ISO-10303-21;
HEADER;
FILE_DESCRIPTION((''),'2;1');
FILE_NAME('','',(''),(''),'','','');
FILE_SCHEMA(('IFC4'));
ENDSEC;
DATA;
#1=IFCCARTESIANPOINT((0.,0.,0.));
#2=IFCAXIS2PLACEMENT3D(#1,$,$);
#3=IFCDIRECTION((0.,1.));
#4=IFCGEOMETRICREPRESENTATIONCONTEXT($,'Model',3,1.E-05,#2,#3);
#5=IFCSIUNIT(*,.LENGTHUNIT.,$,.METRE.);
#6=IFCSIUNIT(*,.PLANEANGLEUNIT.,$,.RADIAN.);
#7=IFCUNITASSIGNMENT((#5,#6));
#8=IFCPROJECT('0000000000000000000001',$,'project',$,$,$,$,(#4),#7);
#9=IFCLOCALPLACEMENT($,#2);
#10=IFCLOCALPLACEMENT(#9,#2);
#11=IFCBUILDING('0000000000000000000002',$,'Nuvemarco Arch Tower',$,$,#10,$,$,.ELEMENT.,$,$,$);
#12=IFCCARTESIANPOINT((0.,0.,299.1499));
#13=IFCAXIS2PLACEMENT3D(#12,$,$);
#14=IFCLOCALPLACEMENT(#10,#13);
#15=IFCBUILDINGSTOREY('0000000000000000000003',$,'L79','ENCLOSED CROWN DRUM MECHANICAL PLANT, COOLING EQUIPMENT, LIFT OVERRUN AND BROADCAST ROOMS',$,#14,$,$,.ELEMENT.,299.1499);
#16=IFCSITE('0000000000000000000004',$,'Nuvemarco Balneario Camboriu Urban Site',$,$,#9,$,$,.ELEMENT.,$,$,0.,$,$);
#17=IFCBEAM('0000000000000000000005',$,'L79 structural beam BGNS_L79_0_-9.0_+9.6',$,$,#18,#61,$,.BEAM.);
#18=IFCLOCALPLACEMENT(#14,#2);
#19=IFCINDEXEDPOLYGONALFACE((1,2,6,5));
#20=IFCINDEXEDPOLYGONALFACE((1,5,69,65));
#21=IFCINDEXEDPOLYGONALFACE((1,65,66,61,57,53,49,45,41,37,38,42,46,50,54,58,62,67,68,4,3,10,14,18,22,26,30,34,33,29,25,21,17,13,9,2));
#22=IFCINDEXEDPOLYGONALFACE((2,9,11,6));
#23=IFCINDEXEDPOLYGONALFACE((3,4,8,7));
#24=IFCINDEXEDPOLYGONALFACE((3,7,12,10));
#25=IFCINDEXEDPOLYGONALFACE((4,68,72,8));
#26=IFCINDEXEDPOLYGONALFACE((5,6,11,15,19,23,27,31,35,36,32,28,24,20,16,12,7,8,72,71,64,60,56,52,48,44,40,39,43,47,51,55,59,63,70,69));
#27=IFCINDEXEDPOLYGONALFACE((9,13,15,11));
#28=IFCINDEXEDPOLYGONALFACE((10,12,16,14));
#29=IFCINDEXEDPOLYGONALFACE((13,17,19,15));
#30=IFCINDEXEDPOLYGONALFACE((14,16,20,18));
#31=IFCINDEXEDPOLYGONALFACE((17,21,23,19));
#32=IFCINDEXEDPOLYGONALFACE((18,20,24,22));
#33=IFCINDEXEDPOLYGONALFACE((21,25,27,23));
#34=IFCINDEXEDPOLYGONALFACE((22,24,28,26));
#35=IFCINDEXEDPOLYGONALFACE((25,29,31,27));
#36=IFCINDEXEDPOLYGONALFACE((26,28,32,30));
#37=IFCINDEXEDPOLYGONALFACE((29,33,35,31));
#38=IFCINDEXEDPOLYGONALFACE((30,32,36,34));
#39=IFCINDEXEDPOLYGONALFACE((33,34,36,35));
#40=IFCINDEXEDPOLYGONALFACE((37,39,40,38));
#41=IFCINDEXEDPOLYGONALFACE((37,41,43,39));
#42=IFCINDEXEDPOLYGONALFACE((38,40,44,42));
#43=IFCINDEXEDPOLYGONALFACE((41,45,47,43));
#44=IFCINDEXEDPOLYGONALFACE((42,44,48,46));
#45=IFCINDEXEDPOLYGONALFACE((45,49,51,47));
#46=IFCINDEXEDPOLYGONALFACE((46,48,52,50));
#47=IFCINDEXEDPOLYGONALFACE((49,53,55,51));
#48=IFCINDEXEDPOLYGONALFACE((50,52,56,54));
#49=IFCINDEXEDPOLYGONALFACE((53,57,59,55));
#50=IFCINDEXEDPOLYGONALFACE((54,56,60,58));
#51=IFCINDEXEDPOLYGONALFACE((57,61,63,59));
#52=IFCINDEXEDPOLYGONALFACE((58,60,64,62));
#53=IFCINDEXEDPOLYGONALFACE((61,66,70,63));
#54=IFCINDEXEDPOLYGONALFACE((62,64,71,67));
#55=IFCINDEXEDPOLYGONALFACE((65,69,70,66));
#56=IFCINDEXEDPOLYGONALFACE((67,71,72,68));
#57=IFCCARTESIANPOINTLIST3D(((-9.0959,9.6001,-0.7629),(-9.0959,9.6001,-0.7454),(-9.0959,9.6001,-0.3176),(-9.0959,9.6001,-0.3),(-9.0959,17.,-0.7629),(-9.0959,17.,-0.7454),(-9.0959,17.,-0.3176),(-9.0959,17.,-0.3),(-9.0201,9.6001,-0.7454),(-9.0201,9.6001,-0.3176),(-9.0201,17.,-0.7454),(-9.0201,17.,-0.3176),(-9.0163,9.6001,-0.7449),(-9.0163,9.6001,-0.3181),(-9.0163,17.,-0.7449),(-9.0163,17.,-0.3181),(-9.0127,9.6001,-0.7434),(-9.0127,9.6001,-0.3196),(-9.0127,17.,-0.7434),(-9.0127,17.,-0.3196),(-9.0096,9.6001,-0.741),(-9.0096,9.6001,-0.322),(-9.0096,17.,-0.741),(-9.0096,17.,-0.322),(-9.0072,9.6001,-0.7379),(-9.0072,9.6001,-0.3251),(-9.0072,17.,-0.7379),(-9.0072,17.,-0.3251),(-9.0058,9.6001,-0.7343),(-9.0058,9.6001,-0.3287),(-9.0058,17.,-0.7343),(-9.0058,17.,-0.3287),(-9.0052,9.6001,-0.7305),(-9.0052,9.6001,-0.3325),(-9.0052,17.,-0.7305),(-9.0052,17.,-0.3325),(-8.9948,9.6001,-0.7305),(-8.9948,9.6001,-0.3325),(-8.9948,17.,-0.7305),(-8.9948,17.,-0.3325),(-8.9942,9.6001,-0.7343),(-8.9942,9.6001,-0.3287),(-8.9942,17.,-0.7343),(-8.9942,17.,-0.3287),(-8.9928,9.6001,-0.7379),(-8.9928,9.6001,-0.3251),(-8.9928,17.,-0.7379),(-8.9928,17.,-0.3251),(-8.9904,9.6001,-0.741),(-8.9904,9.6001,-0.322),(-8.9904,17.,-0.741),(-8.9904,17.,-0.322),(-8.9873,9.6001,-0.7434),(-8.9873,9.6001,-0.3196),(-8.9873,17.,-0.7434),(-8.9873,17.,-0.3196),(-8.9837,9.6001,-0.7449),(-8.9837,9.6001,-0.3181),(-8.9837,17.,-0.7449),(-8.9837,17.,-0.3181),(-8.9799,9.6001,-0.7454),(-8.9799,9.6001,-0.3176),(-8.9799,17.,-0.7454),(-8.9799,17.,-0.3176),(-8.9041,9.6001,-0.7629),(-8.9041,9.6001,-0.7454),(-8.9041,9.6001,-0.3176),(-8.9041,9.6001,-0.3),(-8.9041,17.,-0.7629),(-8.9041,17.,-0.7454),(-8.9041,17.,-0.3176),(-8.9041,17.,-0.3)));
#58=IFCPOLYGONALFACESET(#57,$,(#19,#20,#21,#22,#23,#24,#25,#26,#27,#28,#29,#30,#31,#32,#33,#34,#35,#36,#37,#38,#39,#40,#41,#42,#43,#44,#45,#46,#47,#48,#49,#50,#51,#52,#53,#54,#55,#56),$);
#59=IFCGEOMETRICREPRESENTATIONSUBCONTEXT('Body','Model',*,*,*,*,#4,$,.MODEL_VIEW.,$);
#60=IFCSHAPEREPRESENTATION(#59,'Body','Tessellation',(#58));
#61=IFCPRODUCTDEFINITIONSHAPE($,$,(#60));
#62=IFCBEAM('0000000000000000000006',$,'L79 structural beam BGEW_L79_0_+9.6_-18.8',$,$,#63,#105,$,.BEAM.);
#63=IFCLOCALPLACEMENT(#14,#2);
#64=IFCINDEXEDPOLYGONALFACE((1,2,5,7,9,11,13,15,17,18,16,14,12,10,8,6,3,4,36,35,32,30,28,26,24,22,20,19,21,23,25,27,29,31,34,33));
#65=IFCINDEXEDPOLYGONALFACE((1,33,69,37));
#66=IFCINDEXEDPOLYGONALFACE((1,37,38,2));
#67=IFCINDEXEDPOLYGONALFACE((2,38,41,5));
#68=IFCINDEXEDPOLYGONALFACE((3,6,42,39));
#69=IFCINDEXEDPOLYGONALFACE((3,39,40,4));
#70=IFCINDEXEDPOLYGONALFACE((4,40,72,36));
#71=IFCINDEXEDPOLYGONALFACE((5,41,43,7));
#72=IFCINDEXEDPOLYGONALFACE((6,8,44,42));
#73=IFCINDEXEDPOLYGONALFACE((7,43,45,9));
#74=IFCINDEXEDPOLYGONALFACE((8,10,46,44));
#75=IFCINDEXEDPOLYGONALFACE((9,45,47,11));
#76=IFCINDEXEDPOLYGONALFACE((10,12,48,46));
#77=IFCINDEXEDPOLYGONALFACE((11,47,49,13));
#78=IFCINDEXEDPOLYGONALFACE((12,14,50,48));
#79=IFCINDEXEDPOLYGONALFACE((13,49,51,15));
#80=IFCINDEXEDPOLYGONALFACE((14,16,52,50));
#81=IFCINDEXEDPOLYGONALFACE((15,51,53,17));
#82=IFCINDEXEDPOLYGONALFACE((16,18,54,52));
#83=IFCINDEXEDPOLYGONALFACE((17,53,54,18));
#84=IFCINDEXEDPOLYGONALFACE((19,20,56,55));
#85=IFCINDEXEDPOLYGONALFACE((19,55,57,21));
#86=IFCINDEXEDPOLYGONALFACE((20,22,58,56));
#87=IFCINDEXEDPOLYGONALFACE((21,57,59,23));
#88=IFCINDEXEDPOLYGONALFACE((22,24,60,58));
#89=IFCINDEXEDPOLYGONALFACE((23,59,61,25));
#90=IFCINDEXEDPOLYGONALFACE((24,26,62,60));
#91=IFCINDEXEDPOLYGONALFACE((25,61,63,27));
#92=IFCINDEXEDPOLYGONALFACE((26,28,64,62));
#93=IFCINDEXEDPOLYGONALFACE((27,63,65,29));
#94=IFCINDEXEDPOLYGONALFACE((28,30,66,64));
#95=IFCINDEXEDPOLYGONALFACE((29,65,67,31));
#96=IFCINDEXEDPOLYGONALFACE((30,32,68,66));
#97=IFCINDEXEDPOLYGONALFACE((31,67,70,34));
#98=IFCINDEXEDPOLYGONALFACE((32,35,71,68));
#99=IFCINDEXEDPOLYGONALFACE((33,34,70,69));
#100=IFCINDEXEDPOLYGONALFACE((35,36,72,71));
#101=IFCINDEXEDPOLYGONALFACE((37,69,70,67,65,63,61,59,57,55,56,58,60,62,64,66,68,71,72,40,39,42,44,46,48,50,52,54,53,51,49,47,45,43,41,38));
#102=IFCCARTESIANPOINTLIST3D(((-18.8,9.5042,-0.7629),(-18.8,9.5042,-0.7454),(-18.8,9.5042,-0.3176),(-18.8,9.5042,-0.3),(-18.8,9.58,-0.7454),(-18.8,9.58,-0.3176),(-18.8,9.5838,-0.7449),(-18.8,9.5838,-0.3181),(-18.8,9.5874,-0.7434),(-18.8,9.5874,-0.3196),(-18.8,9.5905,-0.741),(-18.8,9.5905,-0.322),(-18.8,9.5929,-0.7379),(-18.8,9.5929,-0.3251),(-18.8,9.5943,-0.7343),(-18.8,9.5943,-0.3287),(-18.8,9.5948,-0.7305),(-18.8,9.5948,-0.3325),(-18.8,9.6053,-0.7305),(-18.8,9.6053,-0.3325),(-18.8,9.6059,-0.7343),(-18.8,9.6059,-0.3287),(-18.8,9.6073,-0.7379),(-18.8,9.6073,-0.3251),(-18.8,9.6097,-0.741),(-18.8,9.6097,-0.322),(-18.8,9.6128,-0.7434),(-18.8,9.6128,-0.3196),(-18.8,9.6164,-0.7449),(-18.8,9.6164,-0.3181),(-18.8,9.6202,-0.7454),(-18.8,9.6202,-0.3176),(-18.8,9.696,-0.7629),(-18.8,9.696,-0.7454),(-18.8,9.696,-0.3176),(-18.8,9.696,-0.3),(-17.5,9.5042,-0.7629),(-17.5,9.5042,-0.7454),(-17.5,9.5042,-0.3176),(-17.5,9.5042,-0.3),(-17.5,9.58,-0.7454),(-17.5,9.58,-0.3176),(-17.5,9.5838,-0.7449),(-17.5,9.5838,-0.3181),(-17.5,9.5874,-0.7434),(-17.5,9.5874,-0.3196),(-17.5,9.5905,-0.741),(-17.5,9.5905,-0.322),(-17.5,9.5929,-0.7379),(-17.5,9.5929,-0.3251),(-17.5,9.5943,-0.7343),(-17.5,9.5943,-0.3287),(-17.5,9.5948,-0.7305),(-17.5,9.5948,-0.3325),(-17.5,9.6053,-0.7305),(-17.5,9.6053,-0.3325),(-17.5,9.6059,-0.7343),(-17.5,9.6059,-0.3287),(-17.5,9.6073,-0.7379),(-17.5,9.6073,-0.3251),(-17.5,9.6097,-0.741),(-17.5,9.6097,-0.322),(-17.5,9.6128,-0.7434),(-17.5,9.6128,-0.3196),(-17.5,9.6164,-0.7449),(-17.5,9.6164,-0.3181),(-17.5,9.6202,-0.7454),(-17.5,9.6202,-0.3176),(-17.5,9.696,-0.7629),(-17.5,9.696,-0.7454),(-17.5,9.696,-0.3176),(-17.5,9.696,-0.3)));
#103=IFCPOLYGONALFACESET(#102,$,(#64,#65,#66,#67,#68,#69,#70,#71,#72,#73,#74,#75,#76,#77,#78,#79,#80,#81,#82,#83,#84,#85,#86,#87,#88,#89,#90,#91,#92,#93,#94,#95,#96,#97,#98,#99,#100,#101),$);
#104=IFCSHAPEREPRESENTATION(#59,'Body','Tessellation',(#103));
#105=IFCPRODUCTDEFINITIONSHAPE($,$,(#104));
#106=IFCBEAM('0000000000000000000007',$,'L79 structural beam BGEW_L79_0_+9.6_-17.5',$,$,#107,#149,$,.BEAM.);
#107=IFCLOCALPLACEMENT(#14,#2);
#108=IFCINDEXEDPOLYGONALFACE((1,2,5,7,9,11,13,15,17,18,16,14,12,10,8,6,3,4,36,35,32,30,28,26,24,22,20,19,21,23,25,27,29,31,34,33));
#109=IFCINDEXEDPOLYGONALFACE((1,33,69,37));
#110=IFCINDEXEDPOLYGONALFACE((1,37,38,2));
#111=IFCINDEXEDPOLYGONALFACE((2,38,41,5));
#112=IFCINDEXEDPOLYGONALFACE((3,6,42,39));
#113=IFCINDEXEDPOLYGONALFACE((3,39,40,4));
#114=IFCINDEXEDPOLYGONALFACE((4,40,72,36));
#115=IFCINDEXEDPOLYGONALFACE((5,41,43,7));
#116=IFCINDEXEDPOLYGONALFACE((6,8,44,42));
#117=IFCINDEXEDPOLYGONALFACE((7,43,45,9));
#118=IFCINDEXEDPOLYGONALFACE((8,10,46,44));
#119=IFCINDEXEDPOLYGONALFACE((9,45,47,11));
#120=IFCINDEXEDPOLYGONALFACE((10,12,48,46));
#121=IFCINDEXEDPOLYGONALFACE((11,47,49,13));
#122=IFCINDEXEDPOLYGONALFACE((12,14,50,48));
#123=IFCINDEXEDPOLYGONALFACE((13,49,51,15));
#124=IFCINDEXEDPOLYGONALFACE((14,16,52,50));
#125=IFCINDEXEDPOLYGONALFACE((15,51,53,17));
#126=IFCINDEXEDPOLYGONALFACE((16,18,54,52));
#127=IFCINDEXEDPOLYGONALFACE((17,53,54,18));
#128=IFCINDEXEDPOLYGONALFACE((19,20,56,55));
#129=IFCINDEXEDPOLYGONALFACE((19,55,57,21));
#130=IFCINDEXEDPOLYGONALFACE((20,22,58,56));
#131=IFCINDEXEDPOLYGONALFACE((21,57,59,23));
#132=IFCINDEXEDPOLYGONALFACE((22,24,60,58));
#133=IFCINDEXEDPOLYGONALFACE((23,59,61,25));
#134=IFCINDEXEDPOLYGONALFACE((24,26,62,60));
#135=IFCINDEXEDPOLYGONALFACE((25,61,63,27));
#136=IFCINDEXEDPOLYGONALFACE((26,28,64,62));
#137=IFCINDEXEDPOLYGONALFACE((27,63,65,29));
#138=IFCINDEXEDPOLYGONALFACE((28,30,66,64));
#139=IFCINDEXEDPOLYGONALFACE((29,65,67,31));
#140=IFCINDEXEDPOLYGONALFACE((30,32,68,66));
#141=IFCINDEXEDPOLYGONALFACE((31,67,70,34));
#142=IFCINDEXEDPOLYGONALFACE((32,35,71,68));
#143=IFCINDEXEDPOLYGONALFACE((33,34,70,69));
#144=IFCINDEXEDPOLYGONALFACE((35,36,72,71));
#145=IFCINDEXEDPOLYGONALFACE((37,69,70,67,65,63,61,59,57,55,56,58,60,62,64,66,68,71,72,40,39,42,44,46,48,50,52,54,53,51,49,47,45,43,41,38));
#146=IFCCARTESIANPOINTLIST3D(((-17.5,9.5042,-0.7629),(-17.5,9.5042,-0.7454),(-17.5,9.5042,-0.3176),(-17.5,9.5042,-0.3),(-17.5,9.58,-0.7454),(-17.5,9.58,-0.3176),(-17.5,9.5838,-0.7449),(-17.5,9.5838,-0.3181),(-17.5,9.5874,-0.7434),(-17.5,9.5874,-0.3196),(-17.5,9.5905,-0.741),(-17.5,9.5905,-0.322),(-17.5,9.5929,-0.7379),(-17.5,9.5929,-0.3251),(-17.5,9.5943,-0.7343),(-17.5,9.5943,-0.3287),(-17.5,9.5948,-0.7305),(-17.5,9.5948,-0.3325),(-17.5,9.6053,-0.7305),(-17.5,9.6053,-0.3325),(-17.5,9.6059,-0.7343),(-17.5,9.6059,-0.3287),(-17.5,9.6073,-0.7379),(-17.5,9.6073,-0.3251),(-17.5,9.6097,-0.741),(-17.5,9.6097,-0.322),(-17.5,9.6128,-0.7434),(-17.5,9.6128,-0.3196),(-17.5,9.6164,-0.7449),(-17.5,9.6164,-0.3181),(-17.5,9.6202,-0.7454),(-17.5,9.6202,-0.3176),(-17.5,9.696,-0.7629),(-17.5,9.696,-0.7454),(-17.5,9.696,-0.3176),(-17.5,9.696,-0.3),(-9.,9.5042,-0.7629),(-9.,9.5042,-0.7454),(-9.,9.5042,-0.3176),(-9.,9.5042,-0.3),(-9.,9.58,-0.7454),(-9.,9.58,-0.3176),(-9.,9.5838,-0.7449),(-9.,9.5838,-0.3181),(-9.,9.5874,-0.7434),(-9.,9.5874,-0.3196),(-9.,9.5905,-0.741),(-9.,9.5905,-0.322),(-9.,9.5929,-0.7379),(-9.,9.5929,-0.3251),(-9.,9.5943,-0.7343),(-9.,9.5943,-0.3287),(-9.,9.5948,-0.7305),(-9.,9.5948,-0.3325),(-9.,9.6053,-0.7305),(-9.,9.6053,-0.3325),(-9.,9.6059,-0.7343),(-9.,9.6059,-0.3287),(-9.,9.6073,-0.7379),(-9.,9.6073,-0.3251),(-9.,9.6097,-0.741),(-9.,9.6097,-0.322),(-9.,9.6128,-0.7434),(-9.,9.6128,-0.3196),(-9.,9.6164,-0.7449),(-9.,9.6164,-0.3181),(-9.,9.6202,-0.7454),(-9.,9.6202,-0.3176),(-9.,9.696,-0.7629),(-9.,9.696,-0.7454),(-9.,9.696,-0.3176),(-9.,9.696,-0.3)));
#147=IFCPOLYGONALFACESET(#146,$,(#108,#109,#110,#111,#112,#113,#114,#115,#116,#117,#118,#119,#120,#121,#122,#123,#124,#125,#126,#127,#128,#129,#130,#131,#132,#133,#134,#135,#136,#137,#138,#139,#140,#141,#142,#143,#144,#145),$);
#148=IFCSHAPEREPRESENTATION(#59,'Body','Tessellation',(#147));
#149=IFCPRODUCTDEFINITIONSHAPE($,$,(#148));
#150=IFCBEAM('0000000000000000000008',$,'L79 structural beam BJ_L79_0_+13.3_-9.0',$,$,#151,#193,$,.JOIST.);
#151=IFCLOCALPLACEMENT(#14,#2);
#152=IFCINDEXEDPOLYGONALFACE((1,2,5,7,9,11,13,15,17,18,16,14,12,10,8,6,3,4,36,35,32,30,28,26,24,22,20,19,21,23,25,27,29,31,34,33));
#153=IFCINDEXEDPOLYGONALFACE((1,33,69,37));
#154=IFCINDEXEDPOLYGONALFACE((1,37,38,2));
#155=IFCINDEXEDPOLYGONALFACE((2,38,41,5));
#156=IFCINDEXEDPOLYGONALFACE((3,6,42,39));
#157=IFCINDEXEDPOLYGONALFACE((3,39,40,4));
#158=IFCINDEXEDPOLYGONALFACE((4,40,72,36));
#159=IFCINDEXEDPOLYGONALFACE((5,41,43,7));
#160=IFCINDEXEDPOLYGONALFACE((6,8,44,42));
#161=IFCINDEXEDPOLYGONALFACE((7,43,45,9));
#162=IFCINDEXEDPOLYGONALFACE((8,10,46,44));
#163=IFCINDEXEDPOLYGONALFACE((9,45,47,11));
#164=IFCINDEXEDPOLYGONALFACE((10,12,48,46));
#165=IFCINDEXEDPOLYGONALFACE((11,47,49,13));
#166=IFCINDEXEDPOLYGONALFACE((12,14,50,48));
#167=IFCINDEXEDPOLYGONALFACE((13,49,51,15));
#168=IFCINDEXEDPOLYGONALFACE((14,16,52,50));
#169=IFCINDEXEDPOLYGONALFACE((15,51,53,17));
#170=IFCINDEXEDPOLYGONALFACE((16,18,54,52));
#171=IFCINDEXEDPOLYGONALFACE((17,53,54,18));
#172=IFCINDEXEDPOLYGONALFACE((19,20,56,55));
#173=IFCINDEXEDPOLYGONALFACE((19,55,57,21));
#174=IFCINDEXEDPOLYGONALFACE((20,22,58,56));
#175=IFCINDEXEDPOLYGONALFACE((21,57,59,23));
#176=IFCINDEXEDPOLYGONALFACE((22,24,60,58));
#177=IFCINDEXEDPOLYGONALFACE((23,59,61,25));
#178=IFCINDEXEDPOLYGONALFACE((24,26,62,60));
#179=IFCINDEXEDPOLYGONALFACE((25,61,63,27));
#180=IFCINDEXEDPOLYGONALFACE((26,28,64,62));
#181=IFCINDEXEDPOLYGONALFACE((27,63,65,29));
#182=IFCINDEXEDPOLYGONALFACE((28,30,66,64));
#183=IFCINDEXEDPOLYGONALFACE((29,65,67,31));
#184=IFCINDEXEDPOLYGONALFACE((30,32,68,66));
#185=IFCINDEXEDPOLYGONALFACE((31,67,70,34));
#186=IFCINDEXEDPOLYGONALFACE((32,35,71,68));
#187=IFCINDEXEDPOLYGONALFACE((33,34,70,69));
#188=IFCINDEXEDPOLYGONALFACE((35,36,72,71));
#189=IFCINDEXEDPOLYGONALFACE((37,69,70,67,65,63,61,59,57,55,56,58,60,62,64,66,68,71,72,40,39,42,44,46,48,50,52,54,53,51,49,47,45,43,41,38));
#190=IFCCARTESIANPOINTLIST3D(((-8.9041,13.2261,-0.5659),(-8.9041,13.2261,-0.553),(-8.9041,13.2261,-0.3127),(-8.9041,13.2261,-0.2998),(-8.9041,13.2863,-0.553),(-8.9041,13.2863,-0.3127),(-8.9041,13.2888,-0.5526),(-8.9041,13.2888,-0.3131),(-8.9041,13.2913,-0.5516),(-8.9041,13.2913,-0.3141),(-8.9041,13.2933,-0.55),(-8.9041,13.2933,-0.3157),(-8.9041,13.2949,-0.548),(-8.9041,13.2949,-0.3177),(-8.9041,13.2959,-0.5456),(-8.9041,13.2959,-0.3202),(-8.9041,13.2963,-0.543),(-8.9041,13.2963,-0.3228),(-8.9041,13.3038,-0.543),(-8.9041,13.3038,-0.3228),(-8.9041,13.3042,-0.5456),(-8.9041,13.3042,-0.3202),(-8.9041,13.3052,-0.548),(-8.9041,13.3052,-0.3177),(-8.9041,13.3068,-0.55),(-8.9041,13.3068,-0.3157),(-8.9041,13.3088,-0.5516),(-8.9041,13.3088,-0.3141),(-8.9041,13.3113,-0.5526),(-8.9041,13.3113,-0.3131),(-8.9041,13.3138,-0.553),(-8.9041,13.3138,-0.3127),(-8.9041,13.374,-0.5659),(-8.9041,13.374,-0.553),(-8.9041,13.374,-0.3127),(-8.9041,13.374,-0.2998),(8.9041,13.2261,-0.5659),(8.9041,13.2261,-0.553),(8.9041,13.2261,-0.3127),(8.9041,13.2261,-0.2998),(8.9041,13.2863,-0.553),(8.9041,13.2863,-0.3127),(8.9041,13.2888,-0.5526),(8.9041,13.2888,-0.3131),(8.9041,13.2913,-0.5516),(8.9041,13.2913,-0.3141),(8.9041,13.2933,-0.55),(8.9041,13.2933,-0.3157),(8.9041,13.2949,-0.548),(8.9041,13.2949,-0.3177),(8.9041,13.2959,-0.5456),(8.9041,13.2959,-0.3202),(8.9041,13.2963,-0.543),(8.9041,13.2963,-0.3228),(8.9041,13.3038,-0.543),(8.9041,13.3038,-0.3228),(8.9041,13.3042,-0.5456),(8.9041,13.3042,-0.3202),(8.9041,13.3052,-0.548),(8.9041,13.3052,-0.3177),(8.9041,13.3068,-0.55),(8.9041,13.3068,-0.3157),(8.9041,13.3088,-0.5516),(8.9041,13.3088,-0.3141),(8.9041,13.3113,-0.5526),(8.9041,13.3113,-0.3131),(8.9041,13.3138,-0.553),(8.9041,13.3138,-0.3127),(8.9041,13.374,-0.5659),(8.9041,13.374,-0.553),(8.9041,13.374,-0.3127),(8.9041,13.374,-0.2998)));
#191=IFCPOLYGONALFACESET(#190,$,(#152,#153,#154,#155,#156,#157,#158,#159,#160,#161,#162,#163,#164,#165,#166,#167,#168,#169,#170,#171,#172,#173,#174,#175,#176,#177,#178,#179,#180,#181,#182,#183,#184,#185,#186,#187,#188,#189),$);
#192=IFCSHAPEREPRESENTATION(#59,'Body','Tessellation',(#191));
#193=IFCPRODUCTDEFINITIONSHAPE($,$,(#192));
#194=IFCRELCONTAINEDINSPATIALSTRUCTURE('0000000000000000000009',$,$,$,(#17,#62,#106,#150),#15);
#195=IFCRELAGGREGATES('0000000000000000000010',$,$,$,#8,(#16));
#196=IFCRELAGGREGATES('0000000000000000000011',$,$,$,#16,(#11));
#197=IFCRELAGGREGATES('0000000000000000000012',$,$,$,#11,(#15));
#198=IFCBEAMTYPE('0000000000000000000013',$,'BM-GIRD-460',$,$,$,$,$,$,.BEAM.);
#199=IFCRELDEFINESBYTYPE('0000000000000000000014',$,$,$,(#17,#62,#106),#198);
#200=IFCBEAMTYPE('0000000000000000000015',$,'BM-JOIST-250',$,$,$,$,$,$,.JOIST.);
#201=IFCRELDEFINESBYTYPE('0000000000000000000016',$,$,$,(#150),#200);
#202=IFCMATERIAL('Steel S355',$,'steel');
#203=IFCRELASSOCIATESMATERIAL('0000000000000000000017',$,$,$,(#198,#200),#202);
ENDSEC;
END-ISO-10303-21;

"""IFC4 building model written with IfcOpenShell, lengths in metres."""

from ifc_helpers import new_model, si_unit, direction, frame, origin, origin_2d, place, context, subcontext, project, spatial, i_section, extrude, material, material_profile, profile_set, type_object, element, save


model = new_model("IFC4")

# Units and contexts
model_context = context("Model", 3, precision=1e-05, world=origin(), true_north=direction((0.0, 1.0)))
body_context = subcontext(model_context, "Body", "Model", "MODEL_VIEW")
ifc_project = project(units=[si_unit("LENGTHUNIT", "METRE"), si_unit("PLANEANGLEUNIT", "RADIAN")], contexts=[model_context])

# Site, building, storey
site_placement = place(None, origin())
site = spatial("IfcSite", under=ifc_project, at=site_placement, Name="Nuvemarco Balneario Camboriu Urban Site", CompositionType="ELEMENT", RefElevation=0.0)
building_placement = place(site_placement, origin())
building = spatial("IfcBuilding", under=site, at=building_placement, Name="Nuvemarco Arch Tower", CompositionType="ELEMENT")
storey_placement = place(building_placement, frame((0.0, 0.0, 299.1499)))
storey = spatial("IfcBuildingStorey", under=building, at=storey_placement, Name="L79", Description="ENCLOSED CROWN DRUM MECHANICAL PLANT, COOLING EQUIPMENT, LIFT OVERRUN AND BROADCAST ROOMS", CompositionType="ELEMENT", Elevation=299.1499)

# Shared definitions
ifc_material_1 = material(Name="Steel S355", Category="steel")

# Beams
ifc_material_profile_1 = material_profile(ifc_material_1, i_section(OverallWidth=0.1919, OverallDepth=0.4629, WebThickness=0.0105, FlangeThickness=0.0176, FilletRadius=0.0149, at=origin_2d()), Name="W460x89")
ifc_profile_set_1 = profile_set([ifc_material_profile_1], Name="Steel S355")
beam_type_1 = type_object("IfcBeamType", Name="BM-GIRD-460", PredefinedType="BEAM", material=ifc_profile_set_1)
beam_1_placement = place(storey_placement, frame((-9.0, 9.6001, -0.5315), z_axis=(0.0, 1.0, 0.0), x_axis=(-1.0, 0.0, 0.0)))
element("IfcBeam", 1, at=beam_1_placement, inside=storey, type_object=beam_type_1, Name="L79 structural beam BGNS_L79_0_-9.0_+9.6", PredefinedType="BEAM", context=body_context, shape_type="SweptSolid", body=[
    extrude(i_section(OverallWidth=0.1919, OverallDepth=0.4629, WebThickness=0.0105, FlangeThickness=0.0176, FilletRadius=0.0149, at=origin_2d()), origin(), (0.0, 0.0, 1.0), 7.3999),
])
beam_2_placement = place(storey_placement, frame((-18.8, 9.6001, -0.5315), z_axis=(1.0, 0.0, 0.0), x_axis=(0.0, 1.0, 0.0)))
element("IfcBeam", 2, at=beam_2_placement, inside=storey, type_object=beam_type_1, Name="L79 structural beam BGEW_L79_0_+9.6_-18.8", PredefinedType="BEAM", context=body_context, shape_type="SweptSolid", body=[
    extrude(i_section(OverallWidth=0.1919, OverallDepth=0.4629, WebThickness=0.0105, FlangeThickness=0.0176, FilletRadius=0.0149, at=origin_2d()), origin(), (0.0, 0.0, 1.0), 1.3),
])
beam_3_placement = place(storey_placement, frame((-17.5, 9.6001, -0.5315), z_axis=(1.0, 0.0, 0.0), x_axis=(0.0, 1.0, 0.0)))
element("IfcBeam", 3, at=beam_3_placement, inside=storey, type_object=beam_type_1, Name="L79 structural beam BGEW_L79_0_+9.6_-17.5", PredefinedType="BEAM", context=body_context, shape_type="SweptSolid", body=[
    extrude(i_section(OverallWidth=0.1919, OverallDepth=0.4629, WebThickness=0.0105, FlangeThickness=0.0176, FilletRadius=0.0149, at=origin_2d()), origin(), (0.0, 0.0, 1.0), 8.5),
])
ifc_material_profile_2 = material_profile(ifc_material_1, i_section(OverallWidth=0.1479, OverallDepth=0.2661, WebThickness=0.0076, FlangeThickness=0.0129, FilletRadius=0.01, at=origin_2d()), Name="W250x44.8")
ifc_profile_set_2 = profile_set([ifc_material_profile_2], Name="Steel S355")
beam_type_2 = type_object("IfcBeamType", Name="BM-JOIST-250", PredefinedType="JOIST", material=ifc_profile_set_2)
beam_4_placement = place(storey_placement, frame((-8.9041, 13.3, -0.4329), z_axis=(1.0, 0.0, 0.0), x_axis=(0.0, 1.0, 0.0)))
element("IfcBeam", 4, at=beam_4_placement, inside=storey, type_object=beam_type_2, Name="L79 structural beam BJ_L79_0_+13.3_-9.0", PredefinedType="JOIST", context=body_context, shape_type="SweptSolid", body=[
    extrude(i_section(OverallWidth=0.1479, OverallDepth=0.2661, WebThickness=0.0076, FlangeThickness=0.0129, FilletRadius=0.01, at=origin_2d()), origin(), (0.0, 0.0, 1.0), 17.8081),
])

save(model, "model.ifc")
